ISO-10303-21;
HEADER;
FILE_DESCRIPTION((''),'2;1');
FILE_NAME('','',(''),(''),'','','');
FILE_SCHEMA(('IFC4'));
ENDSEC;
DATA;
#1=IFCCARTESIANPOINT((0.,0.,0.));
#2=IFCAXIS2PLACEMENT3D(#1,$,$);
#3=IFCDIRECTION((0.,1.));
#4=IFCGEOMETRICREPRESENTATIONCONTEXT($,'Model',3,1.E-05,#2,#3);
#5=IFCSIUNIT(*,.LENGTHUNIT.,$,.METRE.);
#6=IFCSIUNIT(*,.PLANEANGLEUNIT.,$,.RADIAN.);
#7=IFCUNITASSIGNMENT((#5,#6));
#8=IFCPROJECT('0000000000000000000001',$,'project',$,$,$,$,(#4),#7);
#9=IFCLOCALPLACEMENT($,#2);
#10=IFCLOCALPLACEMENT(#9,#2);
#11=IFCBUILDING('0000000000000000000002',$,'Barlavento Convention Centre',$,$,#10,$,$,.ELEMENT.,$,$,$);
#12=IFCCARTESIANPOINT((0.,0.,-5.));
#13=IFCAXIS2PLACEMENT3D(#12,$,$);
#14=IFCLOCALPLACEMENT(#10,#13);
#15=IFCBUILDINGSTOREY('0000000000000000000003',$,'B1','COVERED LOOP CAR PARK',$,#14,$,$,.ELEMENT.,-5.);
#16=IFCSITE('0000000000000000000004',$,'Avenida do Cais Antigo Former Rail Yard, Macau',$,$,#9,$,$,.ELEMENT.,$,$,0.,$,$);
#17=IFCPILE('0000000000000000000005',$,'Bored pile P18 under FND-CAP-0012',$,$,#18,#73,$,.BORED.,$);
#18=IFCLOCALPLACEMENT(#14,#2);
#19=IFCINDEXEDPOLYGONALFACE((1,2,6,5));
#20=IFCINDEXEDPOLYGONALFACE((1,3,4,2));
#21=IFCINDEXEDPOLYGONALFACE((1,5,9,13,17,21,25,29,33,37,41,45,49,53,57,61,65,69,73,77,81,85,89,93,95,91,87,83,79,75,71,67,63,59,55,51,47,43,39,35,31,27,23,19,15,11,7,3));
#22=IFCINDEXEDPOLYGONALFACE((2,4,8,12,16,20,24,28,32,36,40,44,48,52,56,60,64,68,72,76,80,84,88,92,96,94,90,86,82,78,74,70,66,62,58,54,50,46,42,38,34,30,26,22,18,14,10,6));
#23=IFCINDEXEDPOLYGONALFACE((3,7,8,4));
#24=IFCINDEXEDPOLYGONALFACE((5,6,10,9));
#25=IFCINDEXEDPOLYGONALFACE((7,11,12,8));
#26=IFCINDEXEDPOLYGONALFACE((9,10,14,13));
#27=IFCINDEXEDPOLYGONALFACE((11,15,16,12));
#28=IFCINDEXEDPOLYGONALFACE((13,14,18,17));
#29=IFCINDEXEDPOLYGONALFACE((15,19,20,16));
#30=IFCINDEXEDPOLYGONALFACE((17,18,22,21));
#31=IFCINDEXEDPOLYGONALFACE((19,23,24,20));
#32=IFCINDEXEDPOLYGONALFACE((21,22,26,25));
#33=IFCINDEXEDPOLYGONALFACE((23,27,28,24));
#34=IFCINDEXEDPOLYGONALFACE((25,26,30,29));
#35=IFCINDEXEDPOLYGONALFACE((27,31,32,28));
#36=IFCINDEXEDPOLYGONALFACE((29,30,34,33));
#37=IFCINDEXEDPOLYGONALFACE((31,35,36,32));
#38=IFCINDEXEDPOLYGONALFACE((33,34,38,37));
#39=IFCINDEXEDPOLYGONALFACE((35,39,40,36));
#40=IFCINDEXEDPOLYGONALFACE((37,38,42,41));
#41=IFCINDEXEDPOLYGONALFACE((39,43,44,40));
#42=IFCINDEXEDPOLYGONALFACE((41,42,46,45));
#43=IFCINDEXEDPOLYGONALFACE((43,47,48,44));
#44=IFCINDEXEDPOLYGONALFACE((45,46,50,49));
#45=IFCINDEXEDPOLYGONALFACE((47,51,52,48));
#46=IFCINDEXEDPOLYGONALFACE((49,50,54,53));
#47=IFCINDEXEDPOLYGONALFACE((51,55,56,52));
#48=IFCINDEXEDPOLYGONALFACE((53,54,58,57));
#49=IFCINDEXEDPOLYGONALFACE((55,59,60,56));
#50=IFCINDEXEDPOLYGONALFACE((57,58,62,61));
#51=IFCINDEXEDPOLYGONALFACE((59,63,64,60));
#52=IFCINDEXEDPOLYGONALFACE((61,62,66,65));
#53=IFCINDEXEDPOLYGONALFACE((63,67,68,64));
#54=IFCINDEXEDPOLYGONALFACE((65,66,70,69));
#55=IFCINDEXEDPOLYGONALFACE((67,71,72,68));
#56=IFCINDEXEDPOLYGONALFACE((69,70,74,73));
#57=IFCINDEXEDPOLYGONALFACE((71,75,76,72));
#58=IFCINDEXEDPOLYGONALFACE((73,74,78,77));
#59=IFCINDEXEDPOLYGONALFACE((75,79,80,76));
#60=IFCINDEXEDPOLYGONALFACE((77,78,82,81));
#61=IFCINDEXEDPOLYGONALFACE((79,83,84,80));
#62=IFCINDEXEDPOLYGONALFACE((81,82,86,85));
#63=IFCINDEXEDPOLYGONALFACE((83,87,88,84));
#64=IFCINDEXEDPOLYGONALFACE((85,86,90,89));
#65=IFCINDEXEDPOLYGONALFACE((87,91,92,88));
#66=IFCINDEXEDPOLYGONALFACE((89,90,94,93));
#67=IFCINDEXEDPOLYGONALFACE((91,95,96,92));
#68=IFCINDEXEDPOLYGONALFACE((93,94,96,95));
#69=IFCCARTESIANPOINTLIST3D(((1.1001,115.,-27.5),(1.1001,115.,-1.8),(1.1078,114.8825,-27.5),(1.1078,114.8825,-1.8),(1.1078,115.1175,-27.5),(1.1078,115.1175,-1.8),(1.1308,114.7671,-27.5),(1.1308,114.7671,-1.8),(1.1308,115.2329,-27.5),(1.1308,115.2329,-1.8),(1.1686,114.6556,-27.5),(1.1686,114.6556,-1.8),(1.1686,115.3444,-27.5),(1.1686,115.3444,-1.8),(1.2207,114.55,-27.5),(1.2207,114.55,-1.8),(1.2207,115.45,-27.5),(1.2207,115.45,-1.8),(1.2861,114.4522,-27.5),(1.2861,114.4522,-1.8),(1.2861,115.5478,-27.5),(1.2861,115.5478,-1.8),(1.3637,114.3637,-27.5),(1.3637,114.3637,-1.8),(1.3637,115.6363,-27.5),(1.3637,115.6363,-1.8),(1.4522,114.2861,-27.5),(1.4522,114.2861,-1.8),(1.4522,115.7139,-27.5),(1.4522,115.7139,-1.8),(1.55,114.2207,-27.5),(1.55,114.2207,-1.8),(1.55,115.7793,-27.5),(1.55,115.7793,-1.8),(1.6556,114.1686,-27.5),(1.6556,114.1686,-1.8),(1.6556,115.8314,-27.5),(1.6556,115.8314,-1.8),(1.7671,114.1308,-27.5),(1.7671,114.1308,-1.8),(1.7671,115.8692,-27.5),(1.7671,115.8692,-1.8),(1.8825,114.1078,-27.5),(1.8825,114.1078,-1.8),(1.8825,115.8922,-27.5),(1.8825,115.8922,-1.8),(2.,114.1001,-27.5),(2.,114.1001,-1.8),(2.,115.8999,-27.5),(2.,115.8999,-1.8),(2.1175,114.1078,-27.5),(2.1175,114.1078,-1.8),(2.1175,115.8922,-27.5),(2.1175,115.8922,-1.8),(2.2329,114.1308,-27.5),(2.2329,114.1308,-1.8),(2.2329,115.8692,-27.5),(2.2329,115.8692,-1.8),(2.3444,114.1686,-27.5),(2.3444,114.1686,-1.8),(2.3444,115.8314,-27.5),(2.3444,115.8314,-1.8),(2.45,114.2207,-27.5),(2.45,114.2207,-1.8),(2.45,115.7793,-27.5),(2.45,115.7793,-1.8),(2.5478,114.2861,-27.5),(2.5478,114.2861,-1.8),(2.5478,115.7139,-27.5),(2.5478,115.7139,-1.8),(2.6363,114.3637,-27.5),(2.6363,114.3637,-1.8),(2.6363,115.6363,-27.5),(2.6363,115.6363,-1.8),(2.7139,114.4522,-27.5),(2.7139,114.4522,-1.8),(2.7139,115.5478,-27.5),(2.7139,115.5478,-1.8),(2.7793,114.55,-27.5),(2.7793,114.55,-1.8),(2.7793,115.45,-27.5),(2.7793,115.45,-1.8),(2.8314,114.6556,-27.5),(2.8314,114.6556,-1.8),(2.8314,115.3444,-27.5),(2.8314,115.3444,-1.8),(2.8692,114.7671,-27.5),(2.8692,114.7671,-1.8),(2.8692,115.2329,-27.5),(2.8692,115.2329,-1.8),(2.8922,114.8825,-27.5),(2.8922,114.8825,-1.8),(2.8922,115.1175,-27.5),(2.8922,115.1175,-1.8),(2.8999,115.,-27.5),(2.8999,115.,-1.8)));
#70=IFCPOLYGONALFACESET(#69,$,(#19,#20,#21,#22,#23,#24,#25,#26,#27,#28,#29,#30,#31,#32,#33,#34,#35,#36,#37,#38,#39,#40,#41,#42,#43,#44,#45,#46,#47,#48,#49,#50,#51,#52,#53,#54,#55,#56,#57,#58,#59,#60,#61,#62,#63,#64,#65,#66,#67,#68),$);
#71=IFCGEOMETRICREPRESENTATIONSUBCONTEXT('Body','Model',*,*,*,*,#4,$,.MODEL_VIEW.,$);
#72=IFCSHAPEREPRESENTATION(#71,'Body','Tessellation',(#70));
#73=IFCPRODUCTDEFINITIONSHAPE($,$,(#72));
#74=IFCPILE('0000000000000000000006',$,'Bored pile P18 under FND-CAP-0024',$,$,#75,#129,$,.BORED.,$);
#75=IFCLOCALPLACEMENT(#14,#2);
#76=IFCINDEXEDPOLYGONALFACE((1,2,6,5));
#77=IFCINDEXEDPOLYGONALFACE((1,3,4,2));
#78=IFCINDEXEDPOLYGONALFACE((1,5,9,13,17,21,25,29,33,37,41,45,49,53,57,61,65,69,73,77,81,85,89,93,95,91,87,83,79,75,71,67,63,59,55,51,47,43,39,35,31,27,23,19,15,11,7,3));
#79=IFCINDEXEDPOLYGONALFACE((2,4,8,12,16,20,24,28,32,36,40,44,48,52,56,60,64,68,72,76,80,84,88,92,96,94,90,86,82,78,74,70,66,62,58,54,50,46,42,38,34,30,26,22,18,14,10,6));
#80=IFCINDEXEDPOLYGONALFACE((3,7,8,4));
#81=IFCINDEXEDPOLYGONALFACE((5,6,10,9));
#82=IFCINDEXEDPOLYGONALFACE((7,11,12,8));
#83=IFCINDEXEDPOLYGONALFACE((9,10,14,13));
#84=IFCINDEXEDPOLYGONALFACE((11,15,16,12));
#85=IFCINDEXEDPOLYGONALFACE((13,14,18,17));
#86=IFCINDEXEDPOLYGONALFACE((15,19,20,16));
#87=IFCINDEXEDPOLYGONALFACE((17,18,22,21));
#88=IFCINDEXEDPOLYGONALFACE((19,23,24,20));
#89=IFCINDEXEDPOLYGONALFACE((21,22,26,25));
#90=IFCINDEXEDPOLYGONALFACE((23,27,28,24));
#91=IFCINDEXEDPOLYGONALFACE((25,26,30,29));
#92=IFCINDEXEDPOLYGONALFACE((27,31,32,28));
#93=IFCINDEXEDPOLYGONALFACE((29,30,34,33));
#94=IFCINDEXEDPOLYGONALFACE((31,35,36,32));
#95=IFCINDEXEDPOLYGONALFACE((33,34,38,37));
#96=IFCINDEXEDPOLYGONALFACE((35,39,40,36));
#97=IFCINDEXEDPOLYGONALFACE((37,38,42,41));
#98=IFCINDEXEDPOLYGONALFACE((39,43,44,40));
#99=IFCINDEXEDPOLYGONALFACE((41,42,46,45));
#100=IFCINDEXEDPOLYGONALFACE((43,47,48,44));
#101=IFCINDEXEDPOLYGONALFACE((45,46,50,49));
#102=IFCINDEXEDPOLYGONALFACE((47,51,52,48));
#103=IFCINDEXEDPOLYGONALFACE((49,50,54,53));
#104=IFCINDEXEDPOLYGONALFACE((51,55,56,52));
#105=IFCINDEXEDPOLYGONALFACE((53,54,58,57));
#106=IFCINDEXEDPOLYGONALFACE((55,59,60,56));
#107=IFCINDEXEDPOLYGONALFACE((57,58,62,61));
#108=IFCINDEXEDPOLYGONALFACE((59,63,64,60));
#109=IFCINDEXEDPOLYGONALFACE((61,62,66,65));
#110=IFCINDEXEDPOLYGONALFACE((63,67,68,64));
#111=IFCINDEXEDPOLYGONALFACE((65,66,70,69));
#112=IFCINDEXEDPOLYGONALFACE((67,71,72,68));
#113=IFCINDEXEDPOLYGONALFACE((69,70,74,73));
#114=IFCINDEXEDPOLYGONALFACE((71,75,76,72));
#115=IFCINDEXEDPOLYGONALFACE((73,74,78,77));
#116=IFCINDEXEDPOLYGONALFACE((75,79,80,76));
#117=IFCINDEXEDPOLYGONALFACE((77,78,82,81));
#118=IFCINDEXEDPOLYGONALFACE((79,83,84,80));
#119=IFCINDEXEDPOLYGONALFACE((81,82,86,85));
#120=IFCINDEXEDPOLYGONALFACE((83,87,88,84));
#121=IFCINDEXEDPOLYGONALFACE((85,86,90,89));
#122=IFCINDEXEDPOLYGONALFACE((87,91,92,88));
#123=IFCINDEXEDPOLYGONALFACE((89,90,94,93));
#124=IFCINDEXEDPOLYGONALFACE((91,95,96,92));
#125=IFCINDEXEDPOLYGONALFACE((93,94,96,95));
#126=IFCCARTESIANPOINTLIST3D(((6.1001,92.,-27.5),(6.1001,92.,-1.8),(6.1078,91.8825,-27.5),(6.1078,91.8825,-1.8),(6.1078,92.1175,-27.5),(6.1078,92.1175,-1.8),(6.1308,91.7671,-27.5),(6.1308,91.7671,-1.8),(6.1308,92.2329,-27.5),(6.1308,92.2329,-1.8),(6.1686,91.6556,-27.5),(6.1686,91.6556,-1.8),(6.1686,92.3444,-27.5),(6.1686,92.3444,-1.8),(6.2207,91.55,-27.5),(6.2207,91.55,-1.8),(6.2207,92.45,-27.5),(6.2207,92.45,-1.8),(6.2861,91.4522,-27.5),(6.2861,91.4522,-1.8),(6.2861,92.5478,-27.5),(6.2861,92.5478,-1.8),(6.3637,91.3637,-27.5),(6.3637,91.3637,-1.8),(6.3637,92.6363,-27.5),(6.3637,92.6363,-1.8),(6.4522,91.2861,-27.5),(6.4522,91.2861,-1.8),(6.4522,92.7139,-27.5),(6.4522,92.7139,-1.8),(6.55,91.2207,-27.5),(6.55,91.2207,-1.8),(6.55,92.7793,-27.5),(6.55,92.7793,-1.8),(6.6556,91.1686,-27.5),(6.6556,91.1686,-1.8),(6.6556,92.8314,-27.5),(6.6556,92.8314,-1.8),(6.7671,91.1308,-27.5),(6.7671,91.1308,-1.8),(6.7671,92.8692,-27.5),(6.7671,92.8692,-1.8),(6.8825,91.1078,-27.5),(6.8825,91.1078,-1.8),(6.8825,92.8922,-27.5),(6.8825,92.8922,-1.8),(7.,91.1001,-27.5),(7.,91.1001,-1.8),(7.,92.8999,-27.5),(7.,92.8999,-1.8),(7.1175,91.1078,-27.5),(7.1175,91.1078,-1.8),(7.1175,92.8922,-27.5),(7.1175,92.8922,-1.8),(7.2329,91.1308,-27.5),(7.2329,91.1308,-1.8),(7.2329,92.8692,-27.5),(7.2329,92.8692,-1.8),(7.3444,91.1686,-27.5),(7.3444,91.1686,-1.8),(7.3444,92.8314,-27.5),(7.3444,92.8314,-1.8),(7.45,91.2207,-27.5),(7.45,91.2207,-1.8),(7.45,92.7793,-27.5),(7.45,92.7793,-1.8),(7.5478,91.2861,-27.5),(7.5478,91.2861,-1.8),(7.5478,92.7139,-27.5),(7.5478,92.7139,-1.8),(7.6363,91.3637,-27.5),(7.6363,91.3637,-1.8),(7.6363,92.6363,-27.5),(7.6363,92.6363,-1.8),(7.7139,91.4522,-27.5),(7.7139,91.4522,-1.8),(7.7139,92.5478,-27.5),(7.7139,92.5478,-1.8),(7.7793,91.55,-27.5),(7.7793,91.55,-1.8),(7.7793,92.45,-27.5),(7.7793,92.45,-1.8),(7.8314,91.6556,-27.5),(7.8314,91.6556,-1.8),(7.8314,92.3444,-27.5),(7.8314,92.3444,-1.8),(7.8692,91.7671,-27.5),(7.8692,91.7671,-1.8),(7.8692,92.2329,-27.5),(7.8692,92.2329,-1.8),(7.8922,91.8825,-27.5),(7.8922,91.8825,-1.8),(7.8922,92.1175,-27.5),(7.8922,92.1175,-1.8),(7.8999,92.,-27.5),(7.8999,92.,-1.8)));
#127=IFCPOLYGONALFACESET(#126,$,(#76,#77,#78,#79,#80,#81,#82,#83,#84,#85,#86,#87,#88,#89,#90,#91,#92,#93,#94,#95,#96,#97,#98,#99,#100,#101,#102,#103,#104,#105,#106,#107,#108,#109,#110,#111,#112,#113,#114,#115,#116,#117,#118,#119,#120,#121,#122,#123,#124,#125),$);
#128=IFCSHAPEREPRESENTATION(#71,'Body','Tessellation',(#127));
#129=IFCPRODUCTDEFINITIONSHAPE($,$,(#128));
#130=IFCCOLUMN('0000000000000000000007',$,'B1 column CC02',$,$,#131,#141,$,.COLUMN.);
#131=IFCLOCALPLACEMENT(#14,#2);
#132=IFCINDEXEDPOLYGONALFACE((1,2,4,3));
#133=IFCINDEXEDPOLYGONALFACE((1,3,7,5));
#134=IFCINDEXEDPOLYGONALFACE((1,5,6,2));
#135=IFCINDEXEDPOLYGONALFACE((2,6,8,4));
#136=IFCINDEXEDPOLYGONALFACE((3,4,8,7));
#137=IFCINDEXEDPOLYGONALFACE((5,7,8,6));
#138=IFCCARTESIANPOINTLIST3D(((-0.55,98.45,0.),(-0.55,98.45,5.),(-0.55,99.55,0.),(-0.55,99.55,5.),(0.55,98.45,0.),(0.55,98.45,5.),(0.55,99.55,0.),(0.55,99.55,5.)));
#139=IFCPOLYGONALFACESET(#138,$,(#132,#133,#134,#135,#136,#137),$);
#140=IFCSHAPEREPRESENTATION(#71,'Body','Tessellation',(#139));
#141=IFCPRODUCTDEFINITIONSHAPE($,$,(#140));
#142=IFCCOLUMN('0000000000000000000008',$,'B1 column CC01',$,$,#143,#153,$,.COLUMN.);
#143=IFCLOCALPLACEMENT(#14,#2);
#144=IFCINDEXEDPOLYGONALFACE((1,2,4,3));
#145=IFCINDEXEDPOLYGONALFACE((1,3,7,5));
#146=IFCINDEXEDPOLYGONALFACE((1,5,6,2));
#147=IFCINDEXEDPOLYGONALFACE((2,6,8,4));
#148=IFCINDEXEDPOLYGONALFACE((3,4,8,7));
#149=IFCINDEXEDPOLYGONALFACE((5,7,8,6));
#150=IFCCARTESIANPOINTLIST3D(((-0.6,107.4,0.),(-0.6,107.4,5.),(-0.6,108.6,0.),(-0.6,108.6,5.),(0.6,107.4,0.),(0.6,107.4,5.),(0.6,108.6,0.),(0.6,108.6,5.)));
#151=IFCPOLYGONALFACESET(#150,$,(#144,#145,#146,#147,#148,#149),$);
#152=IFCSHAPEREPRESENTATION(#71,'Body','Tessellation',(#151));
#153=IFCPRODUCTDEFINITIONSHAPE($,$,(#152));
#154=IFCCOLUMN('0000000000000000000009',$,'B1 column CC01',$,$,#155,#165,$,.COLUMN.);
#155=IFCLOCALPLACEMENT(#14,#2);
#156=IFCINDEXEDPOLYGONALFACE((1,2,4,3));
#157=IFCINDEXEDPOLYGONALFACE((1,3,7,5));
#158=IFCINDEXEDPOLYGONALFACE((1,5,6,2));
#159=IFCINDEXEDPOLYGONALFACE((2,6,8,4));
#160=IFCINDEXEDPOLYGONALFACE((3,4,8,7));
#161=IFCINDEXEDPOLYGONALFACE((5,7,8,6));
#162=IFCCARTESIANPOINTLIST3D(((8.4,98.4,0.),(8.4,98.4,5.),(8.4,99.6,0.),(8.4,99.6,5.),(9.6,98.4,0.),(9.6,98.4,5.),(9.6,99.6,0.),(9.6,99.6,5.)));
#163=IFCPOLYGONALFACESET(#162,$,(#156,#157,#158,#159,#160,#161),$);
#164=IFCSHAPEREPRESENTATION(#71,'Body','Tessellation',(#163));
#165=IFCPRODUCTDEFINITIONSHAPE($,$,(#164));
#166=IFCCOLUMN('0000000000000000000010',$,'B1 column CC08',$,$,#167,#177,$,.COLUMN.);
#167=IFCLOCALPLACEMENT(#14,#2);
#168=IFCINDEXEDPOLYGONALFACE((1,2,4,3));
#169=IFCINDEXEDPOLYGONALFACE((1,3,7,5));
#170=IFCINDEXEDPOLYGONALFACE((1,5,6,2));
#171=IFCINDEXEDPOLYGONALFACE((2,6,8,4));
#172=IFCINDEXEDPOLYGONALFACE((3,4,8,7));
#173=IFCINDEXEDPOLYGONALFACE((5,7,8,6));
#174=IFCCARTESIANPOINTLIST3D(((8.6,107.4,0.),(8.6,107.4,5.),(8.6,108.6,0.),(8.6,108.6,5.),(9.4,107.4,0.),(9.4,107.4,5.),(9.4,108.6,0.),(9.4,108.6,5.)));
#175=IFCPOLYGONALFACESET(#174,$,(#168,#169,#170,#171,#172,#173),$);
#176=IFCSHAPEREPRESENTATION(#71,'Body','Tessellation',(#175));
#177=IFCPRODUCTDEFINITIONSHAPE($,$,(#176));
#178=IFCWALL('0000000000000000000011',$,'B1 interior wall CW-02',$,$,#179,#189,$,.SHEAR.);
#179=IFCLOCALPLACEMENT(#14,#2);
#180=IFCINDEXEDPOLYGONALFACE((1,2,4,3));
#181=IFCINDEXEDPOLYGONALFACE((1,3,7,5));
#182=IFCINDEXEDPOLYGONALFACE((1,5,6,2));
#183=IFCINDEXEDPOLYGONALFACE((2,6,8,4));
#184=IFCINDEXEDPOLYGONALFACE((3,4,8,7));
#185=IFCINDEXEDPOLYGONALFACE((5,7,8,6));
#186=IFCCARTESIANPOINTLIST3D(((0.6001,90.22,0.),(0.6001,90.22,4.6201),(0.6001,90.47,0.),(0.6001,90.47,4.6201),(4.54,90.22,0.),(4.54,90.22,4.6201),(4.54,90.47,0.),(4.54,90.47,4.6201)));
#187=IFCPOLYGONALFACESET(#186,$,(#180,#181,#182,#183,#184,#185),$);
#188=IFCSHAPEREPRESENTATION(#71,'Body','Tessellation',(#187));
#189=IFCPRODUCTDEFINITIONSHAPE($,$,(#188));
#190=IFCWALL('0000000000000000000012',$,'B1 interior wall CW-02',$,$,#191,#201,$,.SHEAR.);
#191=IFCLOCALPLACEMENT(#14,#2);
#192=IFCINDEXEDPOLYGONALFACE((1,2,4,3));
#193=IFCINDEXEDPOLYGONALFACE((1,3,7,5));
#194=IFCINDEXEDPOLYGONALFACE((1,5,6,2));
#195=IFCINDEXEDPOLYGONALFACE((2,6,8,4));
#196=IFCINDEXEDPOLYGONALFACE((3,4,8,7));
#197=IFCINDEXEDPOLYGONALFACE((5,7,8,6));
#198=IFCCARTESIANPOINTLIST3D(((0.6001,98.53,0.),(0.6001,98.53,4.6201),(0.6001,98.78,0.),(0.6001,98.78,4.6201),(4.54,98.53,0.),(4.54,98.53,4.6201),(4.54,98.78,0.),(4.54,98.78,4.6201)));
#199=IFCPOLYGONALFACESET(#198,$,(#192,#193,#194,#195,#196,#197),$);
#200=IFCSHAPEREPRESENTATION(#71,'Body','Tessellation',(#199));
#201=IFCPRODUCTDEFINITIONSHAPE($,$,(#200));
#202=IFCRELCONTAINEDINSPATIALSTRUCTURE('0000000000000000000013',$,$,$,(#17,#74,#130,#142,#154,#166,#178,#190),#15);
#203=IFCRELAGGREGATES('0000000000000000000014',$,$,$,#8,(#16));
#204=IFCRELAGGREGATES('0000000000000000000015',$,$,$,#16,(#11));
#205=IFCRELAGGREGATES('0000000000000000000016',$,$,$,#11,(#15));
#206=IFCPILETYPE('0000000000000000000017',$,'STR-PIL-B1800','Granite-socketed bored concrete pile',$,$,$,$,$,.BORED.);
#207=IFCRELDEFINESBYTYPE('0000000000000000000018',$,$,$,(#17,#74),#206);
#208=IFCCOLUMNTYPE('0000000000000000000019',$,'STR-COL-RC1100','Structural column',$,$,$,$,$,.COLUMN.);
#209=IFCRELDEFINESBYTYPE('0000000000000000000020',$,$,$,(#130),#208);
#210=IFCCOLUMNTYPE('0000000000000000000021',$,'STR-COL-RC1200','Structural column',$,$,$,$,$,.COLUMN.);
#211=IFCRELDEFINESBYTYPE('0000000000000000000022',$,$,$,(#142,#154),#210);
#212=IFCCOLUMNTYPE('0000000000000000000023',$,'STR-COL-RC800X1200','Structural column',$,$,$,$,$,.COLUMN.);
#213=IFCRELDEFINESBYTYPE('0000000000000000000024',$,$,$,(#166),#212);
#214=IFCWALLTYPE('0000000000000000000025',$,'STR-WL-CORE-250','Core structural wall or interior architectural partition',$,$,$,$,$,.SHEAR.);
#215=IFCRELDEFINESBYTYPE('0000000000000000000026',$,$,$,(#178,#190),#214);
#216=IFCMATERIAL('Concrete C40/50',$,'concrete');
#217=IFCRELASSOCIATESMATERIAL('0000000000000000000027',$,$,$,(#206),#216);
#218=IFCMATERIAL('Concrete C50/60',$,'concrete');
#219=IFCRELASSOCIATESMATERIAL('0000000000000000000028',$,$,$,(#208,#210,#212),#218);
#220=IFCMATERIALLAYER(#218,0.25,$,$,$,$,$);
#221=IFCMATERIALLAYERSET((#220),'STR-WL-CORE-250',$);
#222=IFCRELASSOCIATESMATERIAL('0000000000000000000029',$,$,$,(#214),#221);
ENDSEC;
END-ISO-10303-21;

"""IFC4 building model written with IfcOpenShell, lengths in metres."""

from ifc_helpers import new_model, si_unit, direction, frame, frame_2d, origin, origin_2d, place, context, subcontext, project, spatial, rectangle, circle, extrude, material, layer, layer_set, material_profile, profile_set, type_object, element, save


model = new_model("IFC4")

# Units and contexts
model_context = context("Model", 3, precision=1e-05, world=origin(), true_north=direction((0.0, 1.0)))
body_context = subcontext(model_context, "Body", "Model", "MODEL_VIEW")
ifc_project = project(units=[si_unit("LENGTHUNIT", "METRE"), si_unit("PLANEANGLEUNIT", "RADIAN")], contexts=[model_context])

# Site, building, storey
site_placement = place(None, origin())
site = spatial("IfcSite", under=ifc_project, at=site_placement, Name="Avenida do Cais Antigo Former Rail Yard, Macau", CompositionType="ELEMENT", RefElevation=0.0)
building_placement = place(site_placement, origin())
building = spatial("IfcBuilding", under=site, at=building_placement, Name="Barlavento Convention Centre", CompositionType="ELEMENT")
storey_placement = place(building_placement, frame((0.0, 0.0, -5.0)))
storey = spatial("IfcBuildingStorey", under=building, at=storey_placement, Name="B1", Description="COVERED LOOP CAR PARK", CompositionType="ELEMENT", Elevation=-5.0)

# Shared definitions
ifc_material_1 = material(Name="Concrete C40/50", Category="concrete")

# Piles
ifc_material_profile_1 = material_profile(ifc_material_1, circle(Radius=0.8999, at=origin_2d()), Name="BORED PILE 1800")
ifc_profile_set_1 = profile_set([ifc_material_profile_1], Name="Concrete C40/50")
pile_type_1 = type_object("IfcPileType", Name="STR-PIL-B1800", Description="Granite-socketed bored concrete pile", PredefinedType="BORED", material=ifc_profile_set_1)
for number, where, z_axis, x_axis, name in (
    (1, (2.0, 115.0, -1.8), (0.0, 0.0, -1.0), (1.0, 0.0, 0.0), "Bored pile P18 under FND-CAP-0012"),
    (2, (7.0, 92.0, -1.8), (0.0, 0.0, -1.0), (1.0, 0.0, 0.0), "Bored pile P18 under FND-CAP-0024"),
):
    element("IfcPile", number, at=place(storey_placement, frame(where, z_axis=z_axis, x_axis=x_axis)), inside=storey, type_object=pile_type_1, Name=name, PredefinedType="BORED", context=body_context, shape_type="SweptSolid", body=[
        extrude(circle(Radius=0.8999, at=origin_2d()), origin(), (0.0, 0.0, 1.0), 25.7),
    ])

# Columns
ifc_material_2 = material(Name="Concrete C50/60", Category="concrete")
ifc_material_profile_2 = material_profile(ifc_material_2, rectangle(XDim=1.1001, YDim=1.1001, at=origin_2d()), Name="RC 1100x1100")
ifc_profile_set_2 = profile_set([ifc_material_profile_2], Name="Concrete C50/60")
column_type_1 = type_object("IfcColumnType", Name="STR-COL-RC1100", Description="Structural column", PredefinedType="COLUMN", material=ifc_profile_set_2)
column_1_placement = place(storey_placement, frame((0.0, 99.0, 0.0), z_axis=(0.0, 0.0, 1.0), x_axis=(1.0, 0.0, 0.0)))
element("IfcColumn", 3, at=column_1_placement, inside=storey, type_object=column_type_1, Name="B1 column CC02", PredefinedType="COLUMN", context=body_context, shape_type="SweptSolid", body=[
    extrude(rectangle(XDim=1.1001, YDim=1.1001, at=origin_2d()), origin(), (0.0, 0.0, 1.0), 5.0),
])
ifc_material_profile_3 = material_profile(ifc_material_2, rectangle(XDim=1.2, YDim=1.2, at=origin_2d()), Name="RC 1200x1200")
ifc_profile_set_3 = profile_set([ifc_material_profile_3], Name="Concrete C50/60")
column_type_2 = type_object("IfcColumnType", Name="STR-COL-RC1200", Description="Structural column", PredefinedType="COLUMN", material=ifc_profile_set_3)
for number, where, z_axis, x_axis, name in (
    (4, (0.0, 108.0, 0.0), (0.0, 0.0, 1.0), (1.0, 0.0, 0.0), "B1 column CC01"),
    (5, (9.0, 99.0, 0.0), (0.0, 0.0, 1.0), (1.0, 0.0, 0.0), "B1 column CC01"),
):
    element("IfcColumn", number, at=place(storey_placement, frame(where, z_axis=z_axis, x_axis=x_axis)), inside=storey, type_object=column_type_2, Name=name, PredefinedType="COLUMN", context=body_context, shape_type="SweptSolid", body=[
        extrude(rectangle(XDim=1.2, YDim=1.2, at=origin_2d()), origin(), (0.0, 0.0, 1.0), 5.0),
    ])
ifc_material_profile_4 = material_profile(ifc_material_2, rectangle(XDim=0.8, YDim=1.2, at=origin_2d()), Name="RC 800x1200")
ifc_profile_set_4 = profile_set([ifc_material_profile_4], Name="Concrete C50/60")
column_type_3 = type_object("IfcColumnType", Name="STR-COL-RC800X1200", Description="Structural column", PredefinedType="COLUMN", material=ifc_profile_set_4)
column_2_placement = place(storey_placement, frame((9.0, 108.0, 0.0), z_axis=(0.0, 0.0, 1.0), x_axis=(1.0, 0.0, 0.0)))
element("IfcColumn", 6, at=column_2_placement, inside=storey, type_object=column_type_3, Name="B1 column CC08", PredefinedType="COLUMN", context=body_context, shape_type="SweptSolid", body=[
    extrude(rectangle(XDim=0.8, YDim=1.2, at=origin_2d()), origin(), (0.0, 0.0, 1.0), 5.0),
])

# Walls
ifc_layer_1 = layer(ifc_material_2, 0.25)
ifc_layer_set_1 = layer_set([ifc_layer_1], Name="STR-WL-CORE-250")
wall_type_1 = type_object("IfcWallType", Name="STR-WL-CORE-250", Description="Core structural wall or interior architectural partition", PredefinedType="SHEAR", material=ifc_layer_set_1)
for number, where, z_axis, x_axis, name in (
    (7, (0.6001, 90.345, 0.0), (0.0, 0.0, 1.0), (1.0, 0.0, 0.0), "B1 interior wall CW-02"),
    (8, (0.6001, 98.655, 0.0), (0.0, 0.0, 1.0), (1.0, 0.0, 0.0), "B1 interior wall CW-02"),
):
    element("IfcWall", number, at=place(storey_placement, frame(where, z_axis=z_axis, x_axis=x_axis)), inside=storey, type_object=wall_type_1, Name=name, PredefinedType="SHEAR", context=body_context, shape_type="SweptSolid", body=[
        extrude(rectangle(XDim=3.9399, YDim=0.25, at=frame_2d((1.97, 0.0))), origin(), (0.0, 0.0, 1.0), 4.6201),
    ])

save(model, "model.ifc")
